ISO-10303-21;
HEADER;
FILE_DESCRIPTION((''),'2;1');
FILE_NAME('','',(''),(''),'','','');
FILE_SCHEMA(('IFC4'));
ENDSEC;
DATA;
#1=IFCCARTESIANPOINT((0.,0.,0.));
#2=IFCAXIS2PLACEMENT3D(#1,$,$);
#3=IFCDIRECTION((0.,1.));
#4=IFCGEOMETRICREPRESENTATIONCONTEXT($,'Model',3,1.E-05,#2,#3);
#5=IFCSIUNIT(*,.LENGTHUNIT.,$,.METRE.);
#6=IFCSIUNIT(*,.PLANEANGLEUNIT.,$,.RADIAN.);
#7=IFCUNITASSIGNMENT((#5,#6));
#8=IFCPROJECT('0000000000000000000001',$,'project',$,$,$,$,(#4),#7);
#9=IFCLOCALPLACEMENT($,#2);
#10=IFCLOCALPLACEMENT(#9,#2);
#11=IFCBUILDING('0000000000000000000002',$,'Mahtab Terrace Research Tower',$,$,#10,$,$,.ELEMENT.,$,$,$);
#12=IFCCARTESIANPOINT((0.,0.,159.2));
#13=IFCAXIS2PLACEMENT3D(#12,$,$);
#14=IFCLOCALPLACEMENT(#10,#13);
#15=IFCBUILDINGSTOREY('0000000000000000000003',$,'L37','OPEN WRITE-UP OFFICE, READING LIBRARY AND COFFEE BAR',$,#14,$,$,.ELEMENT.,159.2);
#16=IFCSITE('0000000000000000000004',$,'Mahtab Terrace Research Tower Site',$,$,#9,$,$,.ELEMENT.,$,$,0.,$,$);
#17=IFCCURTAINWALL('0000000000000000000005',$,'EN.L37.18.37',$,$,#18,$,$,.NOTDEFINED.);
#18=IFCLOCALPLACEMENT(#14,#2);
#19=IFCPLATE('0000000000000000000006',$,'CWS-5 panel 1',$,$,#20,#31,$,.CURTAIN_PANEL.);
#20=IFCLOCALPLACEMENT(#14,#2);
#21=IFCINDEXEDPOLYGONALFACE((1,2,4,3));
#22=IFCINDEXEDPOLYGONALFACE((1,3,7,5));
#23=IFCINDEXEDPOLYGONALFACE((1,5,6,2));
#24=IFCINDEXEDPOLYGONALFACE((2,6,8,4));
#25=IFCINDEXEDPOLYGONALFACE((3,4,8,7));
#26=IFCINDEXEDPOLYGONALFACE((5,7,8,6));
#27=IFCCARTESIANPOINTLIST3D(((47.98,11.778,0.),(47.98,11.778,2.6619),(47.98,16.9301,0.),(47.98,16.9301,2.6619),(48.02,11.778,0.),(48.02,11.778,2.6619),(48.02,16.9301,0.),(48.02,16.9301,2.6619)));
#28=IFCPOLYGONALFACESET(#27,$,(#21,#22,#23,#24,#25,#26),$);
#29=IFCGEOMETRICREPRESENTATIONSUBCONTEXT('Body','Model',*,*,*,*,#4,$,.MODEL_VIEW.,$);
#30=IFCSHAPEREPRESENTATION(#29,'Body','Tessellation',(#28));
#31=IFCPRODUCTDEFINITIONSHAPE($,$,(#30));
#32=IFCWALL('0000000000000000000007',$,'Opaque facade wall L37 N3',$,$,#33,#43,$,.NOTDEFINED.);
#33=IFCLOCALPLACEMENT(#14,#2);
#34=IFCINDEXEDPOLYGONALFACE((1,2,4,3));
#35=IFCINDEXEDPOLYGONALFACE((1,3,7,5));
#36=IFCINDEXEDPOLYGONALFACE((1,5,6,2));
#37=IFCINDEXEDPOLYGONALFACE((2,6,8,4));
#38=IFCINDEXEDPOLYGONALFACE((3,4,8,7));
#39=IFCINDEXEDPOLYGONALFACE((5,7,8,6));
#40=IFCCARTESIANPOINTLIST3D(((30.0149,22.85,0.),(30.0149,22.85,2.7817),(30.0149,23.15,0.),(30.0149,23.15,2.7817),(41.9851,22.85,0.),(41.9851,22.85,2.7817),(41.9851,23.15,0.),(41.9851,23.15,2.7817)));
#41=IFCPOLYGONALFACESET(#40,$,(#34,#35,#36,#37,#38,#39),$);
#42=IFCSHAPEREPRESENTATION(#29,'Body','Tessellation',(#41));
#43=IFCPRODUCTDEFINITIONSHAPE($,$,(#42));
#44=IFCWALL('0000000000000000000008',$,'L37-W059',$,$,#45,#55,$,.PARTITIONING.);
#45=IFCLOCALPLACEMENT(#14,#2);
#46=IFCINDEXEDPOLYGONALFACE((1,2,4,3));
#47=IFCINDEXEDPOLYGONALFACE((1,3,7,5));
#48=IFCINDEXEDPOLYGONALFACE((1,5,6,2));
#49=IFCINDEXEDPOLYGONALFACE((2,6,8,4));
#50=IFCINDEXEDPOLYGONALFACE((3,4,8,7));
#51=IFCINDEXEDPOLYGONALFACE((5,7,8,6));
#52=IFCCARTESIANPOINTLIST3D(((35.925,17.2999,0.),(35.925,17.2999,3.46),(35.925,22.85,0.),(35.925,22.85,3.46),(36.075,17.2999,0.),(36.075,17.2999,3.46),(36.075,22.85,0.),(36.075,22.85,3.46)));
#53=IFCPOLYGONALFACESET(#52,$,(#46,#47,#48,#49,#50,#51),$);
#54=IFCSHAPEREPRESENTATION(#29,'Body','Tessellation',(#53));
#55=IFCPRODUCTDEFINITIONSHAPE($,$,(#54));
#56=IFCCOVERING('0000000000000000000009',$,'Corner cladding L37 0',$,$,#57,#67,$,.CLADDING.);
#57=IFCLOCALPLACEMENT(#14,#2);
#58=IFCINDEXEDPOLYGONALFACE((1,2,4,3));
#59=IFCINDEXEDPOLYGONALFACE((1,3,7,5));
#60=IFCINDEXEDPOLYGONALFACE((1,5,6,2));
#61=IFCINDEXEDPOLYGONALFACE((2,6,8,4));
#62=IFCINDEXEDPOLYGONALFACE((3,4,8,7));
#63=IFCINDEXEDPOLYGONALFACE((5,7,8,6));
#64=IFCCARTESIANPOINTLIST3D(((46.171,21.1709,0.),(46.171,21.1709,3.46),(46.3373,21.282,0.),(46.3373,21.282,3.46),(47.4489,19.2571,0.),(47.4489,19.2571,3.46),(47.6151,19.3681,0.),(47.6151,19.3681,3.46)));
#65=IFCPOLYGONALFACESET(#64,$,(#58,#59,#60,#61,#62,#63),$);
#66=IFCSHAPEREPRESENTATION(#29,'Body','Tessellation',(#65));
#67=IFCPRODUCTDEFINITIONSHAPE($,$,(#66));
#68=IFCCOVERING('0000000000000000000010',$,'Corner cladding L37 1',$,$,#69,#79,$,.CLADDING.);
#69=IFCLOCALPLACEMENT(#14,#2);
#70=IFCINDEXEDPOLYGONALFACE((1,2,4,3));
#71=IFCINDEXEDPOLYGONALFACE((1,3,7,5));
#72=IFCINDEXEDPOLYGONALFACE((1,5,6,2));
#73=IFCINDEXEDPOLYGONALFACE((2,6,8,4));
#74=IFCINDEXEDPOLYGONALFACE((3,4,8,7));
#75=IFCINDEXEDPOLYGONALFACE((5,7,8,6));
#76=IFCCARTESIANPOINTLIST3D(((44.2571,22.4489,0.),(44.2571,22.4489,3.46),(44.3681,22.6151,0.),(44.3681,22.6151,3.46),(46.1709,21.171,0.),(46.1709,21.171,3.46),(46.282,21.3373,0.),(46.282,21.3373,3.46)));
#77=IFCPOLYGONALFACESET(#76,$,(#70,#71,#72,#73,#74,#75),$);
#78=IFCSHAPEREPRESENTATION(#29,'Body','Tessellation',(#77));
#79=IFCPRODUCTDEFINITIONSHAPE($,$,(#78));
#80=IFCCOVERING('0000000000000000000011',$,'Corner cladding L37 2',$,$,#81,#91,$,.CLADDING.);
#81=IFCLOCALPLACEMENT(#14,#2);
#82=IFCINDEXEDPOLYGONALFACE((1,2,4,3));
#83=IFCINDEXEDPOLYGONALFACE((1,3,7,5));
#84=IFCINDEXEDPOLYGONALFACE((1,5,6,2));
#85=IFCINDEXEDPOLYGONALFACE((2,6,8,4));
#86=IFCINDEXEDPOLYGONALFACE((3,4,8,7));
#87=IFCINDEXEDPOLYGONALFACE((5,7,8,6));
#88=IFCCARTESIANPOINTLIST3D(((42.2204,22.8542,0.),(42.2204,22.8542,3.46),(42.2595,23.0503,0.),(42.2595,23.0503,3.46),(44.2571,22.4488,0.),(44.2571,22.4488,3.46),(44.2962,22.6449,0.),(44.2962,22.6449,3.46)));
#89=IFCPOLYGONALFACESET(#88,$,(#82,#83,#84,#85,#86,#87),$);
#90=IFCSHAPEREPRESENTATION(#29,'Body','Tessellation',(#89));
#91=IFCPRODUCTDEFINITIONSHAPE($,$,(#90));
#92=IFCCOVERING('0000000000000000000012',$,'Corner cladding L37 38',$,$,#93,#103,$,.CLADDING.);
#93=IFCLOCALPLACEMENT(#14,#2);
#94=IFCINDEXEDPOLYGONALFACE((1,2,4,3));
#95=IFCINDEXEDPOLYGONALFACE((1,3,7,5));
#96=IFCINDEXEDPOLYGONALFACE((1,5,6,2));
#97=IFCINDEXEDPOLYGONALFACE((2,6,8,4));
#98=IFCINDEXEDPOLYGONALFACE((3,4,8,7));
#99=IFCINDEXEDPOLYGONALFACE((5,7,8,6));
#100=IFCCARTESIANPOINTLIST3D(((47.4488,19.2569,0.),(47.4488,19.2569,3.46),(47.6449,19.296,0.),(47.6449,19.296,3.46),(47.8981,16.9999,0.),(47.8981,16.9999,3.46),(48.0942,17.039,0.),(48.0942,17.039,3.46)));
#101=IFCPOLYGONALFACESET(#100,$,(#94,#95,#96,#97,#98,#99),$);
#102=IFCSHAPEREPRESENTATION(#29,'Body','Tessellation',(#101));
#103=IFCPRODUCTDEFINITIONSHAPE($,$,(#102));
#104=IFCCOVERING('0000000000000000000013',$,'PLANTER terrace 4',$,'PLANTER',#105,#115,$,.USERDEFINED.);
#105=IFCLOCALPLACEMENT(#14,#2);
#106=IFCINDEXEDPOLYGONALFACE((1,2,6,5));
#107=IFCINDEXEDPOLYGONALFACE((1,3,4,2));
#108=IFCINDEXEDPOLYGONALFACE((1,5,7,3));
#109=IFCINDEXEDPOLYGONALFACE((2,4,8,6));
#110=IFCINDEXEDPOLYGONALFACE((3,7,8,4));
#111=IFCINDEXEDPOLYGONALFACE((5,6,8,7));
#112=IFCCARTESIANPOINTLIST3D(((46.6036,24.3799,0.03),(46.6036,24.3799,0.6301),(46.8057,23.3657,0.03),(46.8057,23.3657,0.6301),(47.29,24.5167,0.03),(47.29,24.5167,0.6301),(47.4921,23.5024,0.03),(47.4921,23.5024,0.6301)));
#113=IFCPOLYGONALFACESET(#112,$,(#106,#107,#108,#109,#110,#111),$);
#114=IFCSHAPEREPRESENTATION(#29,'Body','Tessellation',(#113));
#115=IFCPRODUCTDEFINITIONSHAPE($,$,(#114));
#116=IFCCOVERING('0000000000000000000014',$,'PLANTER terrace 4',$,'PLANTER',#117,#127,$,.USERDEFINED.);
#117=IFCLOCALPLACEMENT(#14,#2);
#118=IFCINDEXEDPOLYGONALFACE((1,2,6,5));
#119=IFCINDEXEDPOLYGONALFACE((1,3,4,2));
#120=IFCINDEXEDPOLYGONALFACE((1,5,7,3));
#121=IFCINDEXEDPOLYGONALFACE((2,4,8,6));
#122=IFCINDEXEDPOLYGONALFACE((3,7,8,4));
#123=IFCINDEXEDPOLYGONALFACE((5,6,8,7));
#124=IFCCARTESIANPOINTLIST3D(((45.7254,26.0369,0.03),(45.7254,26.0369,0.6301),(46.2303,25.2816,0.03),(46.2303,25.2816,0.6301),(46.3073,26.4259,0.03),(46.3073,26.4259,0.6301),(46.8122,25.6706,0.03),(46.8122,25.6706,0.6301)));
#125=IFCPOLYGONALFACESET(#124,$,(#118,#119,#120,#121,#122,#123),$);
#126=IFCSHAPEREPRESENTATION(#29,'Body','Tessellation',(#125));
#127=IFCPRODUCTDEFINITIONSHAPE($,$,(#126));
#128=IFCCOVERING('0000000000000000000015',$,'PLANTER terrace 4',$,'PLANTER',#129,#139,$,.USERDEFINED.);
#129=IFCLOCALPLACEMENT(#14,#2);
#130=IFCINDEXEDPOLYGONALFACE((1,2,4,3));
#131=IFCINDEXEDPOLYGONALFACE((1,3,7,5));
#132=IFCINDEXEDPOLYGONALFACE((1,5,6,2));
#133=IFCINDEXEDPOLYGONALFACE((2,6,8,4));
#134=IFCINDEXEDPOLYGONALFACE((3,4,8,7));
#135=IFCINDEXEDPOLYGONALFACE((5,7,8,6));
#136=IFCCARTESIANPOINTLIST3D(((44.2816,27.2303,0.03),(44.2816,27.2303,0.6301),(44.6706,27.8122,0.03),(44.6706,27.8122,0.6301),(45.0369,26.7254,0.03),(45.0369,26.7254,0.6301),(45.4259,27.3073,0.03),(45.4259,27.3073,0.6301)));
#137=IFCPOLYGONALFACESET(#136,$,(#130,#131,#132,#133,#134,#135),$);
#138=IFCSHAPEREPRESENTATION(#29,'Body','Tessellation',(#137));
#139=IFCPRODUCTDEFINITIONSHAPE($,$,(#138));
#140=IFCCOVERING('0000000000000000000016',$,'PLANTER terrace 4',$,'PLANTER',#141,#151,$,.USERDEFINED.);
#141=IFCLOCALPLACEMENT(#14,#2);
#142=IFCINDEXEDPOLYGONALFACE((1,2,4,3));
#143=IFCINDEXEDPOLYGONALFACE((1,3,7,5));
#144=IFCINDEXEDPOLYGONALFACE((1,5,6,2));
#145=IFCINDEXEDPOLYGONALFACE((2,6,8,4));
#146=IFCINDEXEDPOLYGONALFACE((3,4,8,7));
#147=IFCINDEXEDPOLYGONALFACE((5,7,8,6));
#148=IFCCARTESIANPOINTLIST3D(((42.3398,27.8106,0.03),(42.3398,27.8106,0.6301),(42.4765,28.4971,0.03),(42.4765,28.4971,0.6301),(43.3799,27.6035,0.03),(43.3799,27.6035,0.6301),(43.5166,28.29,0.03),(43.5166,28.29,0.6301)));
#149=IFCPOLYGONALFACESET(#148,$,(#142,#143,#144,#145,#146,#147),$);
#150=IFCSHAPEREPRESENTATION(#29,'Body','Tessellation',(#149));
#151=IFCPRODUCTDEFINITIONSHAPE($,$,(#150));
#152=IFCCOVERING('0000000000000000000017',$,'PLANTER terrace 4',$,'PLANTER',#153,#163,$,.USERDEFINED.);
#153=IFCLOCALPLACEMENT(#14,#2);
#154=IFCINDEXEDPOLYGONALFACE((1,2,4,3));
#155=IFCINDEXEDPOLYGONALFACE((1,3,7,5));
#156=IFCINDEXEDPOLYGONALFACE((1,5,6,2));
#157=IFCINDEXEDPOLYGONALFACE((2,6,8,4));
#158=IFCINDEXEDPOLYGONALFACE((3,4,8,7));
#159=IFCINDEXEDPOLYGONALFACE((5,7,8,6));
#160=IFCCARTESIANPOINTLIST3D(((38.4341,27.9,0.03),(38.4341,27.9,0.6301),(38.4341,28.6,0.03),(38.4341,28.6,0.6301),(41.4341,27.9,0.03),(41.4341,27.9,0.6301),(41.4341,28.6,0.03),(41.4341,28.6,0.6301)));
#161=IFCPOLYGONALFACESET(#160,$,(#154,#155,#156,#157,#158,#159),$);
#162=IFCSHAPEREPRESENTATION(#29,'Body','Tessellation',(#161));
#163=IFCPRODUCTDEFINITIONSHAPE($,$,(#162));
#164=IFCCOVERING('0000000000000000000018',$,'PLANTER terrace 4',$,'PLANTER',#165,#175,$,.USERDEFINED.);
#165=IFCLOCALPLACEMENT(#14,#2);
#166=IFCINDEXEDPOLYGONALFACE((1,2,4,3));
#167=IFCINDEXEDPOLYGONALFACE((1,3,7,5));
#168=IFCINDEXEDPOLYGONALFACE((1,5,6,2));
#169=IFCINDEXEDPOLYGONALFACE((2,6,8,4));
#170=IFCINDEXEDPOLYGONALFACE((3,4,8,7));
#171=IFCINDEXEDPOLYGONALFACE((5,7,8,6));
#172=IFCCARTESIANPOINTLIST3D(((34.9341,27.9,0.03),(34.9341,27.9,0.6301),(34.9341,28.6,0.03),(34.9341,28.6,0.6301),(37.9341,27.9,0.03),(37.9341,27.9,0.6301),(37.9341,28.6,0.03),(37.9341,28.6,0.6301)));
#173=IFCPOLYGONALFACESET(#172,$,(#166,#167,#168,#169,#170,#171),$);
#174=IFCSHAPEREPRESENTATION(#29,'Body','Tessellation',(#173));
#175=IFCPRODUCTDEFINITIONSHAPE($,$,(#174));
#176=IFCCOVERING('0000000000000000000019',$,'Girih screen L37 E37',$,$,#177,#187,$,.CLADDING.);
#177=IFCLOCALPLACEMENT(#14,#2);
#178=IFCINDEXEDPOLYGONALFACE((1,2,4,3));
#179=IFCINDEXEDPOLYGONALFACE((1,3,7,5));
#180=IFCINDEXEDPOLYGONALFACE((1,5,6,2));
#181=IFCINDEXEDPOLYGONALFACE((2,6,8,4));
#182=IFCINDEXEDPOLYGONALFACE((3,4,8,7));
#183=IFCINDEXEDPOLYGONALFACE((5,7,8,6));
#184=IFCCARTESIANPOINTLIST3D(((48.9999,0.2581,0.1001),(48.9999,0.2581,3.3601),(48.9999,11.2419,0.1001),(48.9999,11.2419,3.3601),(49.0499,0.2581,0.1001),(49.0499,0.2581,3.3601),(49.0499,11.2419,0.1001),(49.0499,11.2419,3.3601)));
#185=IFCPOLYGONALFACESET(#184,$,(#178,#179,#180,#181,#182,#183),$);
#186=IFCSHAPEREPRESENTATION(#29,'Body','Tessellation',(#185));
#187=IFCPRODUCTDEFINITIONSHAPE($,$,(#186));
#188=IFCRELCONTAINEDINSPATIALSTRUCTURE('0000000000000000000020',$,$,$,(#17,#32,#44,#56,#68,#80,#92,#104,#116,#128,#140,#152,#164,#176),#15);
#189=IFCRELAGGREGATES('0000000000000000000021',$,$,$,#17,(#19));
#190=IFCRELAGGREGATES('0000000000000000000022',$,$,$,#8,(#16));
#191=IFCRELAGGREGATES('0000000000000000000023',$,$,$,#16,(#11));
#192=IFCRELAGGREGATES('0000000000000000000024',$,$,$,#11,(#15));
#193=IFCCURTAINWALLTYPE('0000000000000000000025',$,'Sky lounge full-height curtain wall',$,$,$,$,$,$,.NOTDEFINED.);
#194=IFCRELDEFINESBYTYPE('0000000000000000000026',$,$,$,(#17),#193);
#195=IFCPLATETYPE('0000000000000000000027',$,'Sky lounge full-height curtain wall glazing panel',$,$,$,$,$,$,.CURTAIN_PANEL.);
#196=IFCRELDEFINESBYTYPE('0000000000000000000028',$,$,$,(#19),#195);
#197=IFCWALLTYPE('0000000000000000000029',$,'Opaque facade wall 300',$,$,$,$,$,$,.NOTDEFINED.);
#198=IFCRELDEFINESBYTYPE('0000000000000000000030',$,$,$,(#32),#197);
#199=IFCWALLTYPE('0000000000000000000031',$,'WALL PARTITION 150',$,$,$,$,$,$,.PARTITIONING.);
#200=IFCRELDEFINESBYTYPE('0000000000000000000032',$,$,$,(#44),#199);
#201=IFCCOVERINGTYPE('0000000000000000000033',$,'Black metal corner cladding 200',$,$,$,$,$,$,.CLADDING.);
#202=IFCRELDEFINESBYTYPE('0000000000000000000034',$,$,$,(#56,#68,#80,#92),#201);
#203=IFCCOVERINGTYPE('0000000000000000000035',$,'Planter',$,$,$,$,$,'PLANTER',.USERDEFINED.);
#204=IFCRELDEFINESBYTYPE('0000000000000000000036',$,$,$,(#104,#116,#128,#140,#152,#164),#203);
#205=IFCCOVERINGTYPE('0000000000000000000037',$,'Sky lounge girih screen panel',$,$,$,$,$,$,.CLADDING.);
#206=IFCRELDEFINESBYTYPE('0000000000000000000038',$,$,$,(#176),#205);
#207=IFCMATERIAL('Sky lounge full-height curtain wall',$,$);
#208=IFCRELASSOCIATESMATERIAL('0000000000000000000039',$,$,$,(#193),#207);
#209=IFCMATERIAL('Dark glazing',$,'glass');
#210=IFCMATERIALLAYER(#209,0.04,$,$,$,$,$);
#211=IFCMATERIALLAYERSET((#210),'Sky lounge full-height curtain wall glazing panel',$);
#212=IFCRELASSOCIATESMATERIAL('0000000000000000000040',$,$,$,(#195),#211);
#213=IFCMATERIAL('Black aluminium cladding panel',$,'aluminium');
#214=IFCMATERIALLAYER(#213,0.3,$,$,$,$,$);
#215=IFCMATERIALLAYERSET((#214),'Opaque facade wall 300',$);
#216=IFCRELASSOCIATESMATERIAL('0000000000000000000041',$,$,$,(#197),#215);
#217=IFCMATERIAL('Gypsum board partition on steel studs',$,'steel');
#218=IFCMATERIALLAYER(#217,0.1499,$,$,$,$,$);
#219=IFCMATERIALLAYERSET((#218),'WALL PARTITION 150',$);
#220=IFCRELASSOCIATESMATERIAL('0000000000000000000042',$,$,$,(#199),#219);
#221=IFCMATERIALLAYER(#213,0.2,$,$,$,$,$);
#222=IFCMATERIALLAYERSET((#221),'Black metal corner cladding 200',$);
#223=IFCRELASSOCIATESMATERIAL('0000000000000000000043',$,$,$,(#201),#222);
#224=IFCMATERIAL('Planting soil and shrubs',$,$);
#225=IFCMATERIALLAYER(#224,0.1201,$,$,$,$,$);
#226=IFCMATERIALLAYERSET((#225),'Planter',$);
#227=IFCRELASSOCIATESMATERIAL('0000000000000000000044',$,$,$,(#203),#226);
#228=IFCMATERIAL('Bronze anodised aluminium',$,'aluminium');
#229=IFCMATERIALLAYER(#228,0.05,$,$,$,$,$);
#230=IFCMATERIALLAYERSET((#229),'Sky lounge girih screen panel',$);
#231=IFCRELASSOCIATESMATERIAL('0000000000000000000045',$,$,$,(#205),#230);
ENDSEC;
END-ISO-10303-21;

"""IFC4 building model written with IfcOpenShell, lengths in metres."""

from ifc_helpers import new_model, si_unit, direction, frame, frame_2d, origin, origin_2d, place, context, subcontext, project, spatial, rectangle, extrude, material, layer, layer_set, type_object, element, aggregate, save


model = new_model("IFC4")

# Units and contexts
model_context = context("Model", 3, precision=1e-05, world=origin(), true_north=direction((0.0, 1.0)))
body_context = subcontext(model_context, "Body", "Model", "MODEL_VIEW")
ifc_project = project(units=[si_unit("LENGTHUNIT", "METRE"), si_unit("PLANEANGLEUNIT", "RADIAN")], contexts=[model_context])

# Site, building, storey
site_placement = place(None, origin())
site = spatial("IfcSite", under=ifc_project, at=site_placement, Name="Mahtab Terrace Research Tower Site", CompositionType="ELEMENT", RefElevation=0.0)
building_placement = place(site_placement, origin())
building = spatial("IfcBuilding", under=site, at=building_placement, Name="Mahtab Terrace Research Tower", CompositionType="ELEMENT")
storey_placement = place(building_placement, frame((0.0, 0.0, 159.2)))
storey = spatial("IfcBuildingStorey", under=building, at=storey_placement, Name="L37", Description="OPEN WRITE-UP OFFICE, READING LIBRARY AND COFFEE BAR", CompositionType="ELEMENT", Elevation=159.2)

# Curtain wall
ifc_material_1 = material(Name="Sky lounge full-height curtain wall")
curtain_wall_type = type_object("IfcCurtainWallType", Name="Sky lounge full-height curtain wall", PredefinedType="NOTDEFINED", material=ifc_material_1)
curtain_wall_1_placement = place(storey_placement, origin())
curtain_wall_1 = element("IfcCurtainWall", 1, at=curtain_wall_1_placement, inside=storey, type_object=curtain_wall_type, Name="EN.L37.18.37", PredefinedType="NOTDEFINED")

# Plate
ifc_material_2 = material(Name="Dark glazing", Category="glass")
ifc_layer_1 = layer(ifc_material_2, 0.04)
ifc_layer_set_1 = layer_set([ifc_layer_1], Name="Sky lounge full-height curtain wall glazing panel")
plate_type = type_object("IfcPlateType", Name="Sky lounge full-height curtain wall glazing panel", PredefinedType="CURTAIN_PANEL", material=ifc_layer_set_1)
plate_1_placement = place(storey_placement, frame((48.0, 14.354, 0.0), z_axis=(0.0, 0.0, 1.0), x_axis=(0.0, 1.0, 0.0)))
plate_1 = element("IfcPlate", 2, at=plate_1_placement, type_object=plate_type, Name="CWS-5 panel 1", PredefinedType="CURTAIN_PANEL", context=body_context, shape_type="SweptSolid", body=[
    extrude(rectangle(XDim=5.1521, YDim=0.04, at=origin_2d()), origin(), (0.0, 0.0, 1.0), 2.6619),
])
aggregate(curtain_wall_1, [plate_1])

# Walls
ifc_material_3 = material(Name="Black aluminium cladding panel", Category="aluminium")
ifc_layer_2 = layer(ifc_material_3, 0.3)
ifc_layer_set_2 = layer_set([ifc_layer_2], Name="Opaque facade wall 300")
wall_type_1 = type_object("IfcWallType", Name="Opaque facade wall 300", PredefinedType="NOTDEFINED", material=ifc_layer_set_2)
wall_1_placement = place(storey_placement, frame((41.9851, 23.0, 0.0), z_axis=(0.0, 0.0, 1.0), x_axis=(-1.0, 0.0, 0.0)))
element("IfcWall", 3, at=wall_1_placement, inside=storey, type_object=wall_type_1, Name="Opaque facade wall L37 N3", PredefinedType="NOTDEFINED", context=body_context, shape_type="SweptSolid", body=[
    extrude(rectangle(XDim=11.9702, YDim=0.3, at=frame_2d((5.9851, 0.0))), origin(), (0.0, 0.0, 1.0), 2.7817),
])
ifc_material_4 = material(Name="Gypsum board partition on steel studs", Category="steel")
ifc_layer_3 = layer(ifc_material_4, 0.1499)
ifc_layer_set_3 = layer_set([ifc_layer_3], Name="WALL PARTITION 150")
wall_type_2 = type_object("IfcWallType", Name="WALL PARTITION 150", PredefinedType="PARTITIONING", material=ifc_layer_set_3)
wall_2_placement = place(storey_placement, frame((36.0, 17.3, 0.0), z_axis=(0.0, 0.0, 1.0), x_axis=(0.0, 1.0, 0.0)))
element("IfcWall", 4, at=wall_2_placement, inside=storey, type_object=wall_type_2, Name="L37-W059", PredefinedType="PARTITIONING", context=body_context, shape_type="SweptSolid", body=[
    extrude(rectangle(XDim=5.55, YDim=0.1499, at=frame_2d((2.7749, 0.0))), origin(), (0.0, 0.0, 1.0), 3.46),
])

# Coverings
ifc_layer_4 = layer(ifc_material_3, 0.2)
ifc_layer_set_4 = layer_set([ifc_layer_4], Name="Black metal corner cladding 200")
covering_type_1 = type_object("IfcCoveringType", Name="Black metal corner cladding 200", PredefinedType="CLADDING", material=ifc_layer_set_4)
for number, where, z_axis, x_axis, name in (
    (5, (46.8931, 20.2695, 0.0), (0.0, 0.0, 1.0), (-0.555291, 0.831656, 0.0), "Corner cladding L37 0"),
    (6, (45.2695, 21.8931, 0.0), (0.0, 0.0, 1.0), (-0.831656, 0.555291, 0.0), "Corner cladding L37 1"),
):
    element("IfcCovering", number, at=place(storey_placement, frame(where, z_axis=z_axis, x_axis=x_axis)), inside=storey, type_object=covering_type_1, Name=name, PredefinedType="CLADDING", context=body_context, shape_type="SweptSolid", body=[
        extrude(rectangle(XDim=2.3013, YDim=0.2, at=origin_2d()), origin(), (0.0, 0.0, 1.0), 3.46),
    ])
covering_1_placement = place(storey_placement, frame((43.2583, 22.7495, 0.0), z_axis=(0.0, 0.0, 1.0), x_axis=(-0.980761, 0.195212, 0.0)))
element("IfcCovering", 7, at=covering_1_placement, inside=storey, type_object=covering_type_1, Name="Corner cladding L37 2", PredefinedType="CLADDING", context=body_context, shape_type="SweptSolid", body=[
    extrude(rectangle(XDim=2.0767, YDim=0.2, at=origin_2d()), origin(), (0.0, 0.0, 1.0), 3.46),
])
covering_2_placement = place(storey_placement, frame((47.7715, 18.1479, 0.0), z_axis=(0.0, 0.0, 1.0), x_axis=(-0.195212, 0.980761, 0.0)))
element("IfcCovering", 8, at=covering_2_placement, inside=storey, type_object=covering_type_1, Name="Corner cladding L37 38", PredefinedType="CLADDING", context=body_context, shape_type="SweptSolid", body=[
    extrude(rectangle(XDim=2.3013, YDim=0.2, at=origin_2d()), origin(), (0.0, 0.0, 1.0), 3.46),
])
ifc_material_5 = material(Name="Planting soil and shrubs")
ifc_layer_5 = layer(ifc_material_5, 0.1201)
ifc_layer_set_5 = layer_set([ifc_layer_5], Name="Planter")
covering_type_2 = type_object("IfcCoveringType", Name="Planter", ElementType="PLANTER", PredefinedType="USERDEFINED", material=ifc_layer_set_5)
covering_3_placement = place(storey_placement, frame((47.0479, 23.9412, 0.03), z_axis=(0.0, 0.0, 1.0), x_axis=(-0.195395, 0.980725, 0.0)))
element("IfcCovering", 9, at=covering_3_placement, inside=storey, type_object=covering_type_2, Name="PLANTER terrace 4", ObjectType="PLANTER", PredefinedType="USERDEFINED", context=body_context, shape_type="SweptSolid", body=[
    extrude(rectangle(XDim=1.0342, YDim=0.7, at=origin_2d()), origin(), (0.0, 0.0, 1.0), 0.6001),
])
for number, where, z_axis, x_axis, name in (
    (10, (46.2688, 25.8538, 0.03), (0.0, 0.0, 1.0), (-0.555757, 0.831344, 0.0), "PLANTER terrace 4"),
    (11, (44.8538, 27.2688, 0.03), (0.0, 0.0, 1.0), (-0.831344, 0.555757, 0.0), "PLANTER terrace 4"),
):
    element("IfcCovering", number, at=place(storey_placement, frame(where, z_axis=z_axis, x_axis=x_axis)), inside=storey, type_object=covering_type_2, Name=name, ObjectType="PLANTER", PredefinedType="USERDEFINED", context=body_context, shape_type="SweptSolid", body=[
        extrude(rectangle(XDim=0.9084, YDim=0.7, at=origin_2d()), origin(), (0.0, 0.0, 1.0), 0.6001),
    ])
covering_4_placement = place(storey_placement, frame((42.9282, 28.0503, 0.03), z_axis=(0.0, 0.0, 1.0), x_axis=(-0.980743, 0.195304, 0.0)))
element("IfcCovering", 12, at=covering_4_placement, inside=storey, type_object=covering_type_2, Name="PLANTER terrace 4", ObjectType="PLANTER", PredefinedType="USERDEFINED", context=body_context, shape_type="SweptSolid", body=[
    extrude(rectangle(XDim=1.0605, YDim=0.7, at=origin_2d()), origin(), (0.0, 0.0, 1.0), 0.6001),
])
for number, where, z_axis, x_axis, name in (
    (13, (39.9341, 28.25, 0.03), (0.0, 0.0, 1.0), (-1.0, 0.0, 0.0), "PLANTER terrace 4"),
    (14, (36.4341, 28.25, 0.03), (0.0, 0.0, 1.0), (-1.0, 0.0, 0.0), "PLANTER terrace 4"),
):
    element("IfcCovering", number, at=place(storey_placement, frame(where, z_axis=z_axis, x_axis=x_axis)), inside=storey, type_object=covering_type_2, Name=name, ObjectType="PLANTER", PredefinedType="USERDEFINED", context=body_context, shape_type="SweptSolid", body=[
        extrude(rectangle(XDim=3.0, YDim=0.7, at=origin_2d()), origin(), (0.0, 0.0, 1.0), 0.6001),
    ])
ifc_material_6 = material(Name="Bronze anodised aluminium", Category="aluminium")
ifc_layer_6 = layer(ifc_material_6, 0.05)
ifc_layer_set_6 = layer_set([ifc_layer_6], Name="Sky lounge girih screen panel")
covering_type_3 = type_object("IfcCoveringType", Name="Sky lounge girih screen panel", PredefinedType="CLADDING", material=ifc_layer_set_6)
covering_5_placement = place(storey_placement, frame((49.0249, 5.75, 0.1001), z_axis=(0.0, 0.0, 1.0), x_axis=(0.0, 1.0, 0.0)))
element("IfcCovering", 15, at=covering_5_placement, inside=storey, type_object=covering_type_3, Name="Girih screen L37 E37", PredefinedType="CLADDING", context=body_context, shape_type="SweptSolid", body=[
    extrude(rectangle(XDim=10.9839, YDim=0.05, at=origin_2d()), origin(), (0.0, 0.0, 1.0), 3.26),
])

save(model, "model.ifc")
